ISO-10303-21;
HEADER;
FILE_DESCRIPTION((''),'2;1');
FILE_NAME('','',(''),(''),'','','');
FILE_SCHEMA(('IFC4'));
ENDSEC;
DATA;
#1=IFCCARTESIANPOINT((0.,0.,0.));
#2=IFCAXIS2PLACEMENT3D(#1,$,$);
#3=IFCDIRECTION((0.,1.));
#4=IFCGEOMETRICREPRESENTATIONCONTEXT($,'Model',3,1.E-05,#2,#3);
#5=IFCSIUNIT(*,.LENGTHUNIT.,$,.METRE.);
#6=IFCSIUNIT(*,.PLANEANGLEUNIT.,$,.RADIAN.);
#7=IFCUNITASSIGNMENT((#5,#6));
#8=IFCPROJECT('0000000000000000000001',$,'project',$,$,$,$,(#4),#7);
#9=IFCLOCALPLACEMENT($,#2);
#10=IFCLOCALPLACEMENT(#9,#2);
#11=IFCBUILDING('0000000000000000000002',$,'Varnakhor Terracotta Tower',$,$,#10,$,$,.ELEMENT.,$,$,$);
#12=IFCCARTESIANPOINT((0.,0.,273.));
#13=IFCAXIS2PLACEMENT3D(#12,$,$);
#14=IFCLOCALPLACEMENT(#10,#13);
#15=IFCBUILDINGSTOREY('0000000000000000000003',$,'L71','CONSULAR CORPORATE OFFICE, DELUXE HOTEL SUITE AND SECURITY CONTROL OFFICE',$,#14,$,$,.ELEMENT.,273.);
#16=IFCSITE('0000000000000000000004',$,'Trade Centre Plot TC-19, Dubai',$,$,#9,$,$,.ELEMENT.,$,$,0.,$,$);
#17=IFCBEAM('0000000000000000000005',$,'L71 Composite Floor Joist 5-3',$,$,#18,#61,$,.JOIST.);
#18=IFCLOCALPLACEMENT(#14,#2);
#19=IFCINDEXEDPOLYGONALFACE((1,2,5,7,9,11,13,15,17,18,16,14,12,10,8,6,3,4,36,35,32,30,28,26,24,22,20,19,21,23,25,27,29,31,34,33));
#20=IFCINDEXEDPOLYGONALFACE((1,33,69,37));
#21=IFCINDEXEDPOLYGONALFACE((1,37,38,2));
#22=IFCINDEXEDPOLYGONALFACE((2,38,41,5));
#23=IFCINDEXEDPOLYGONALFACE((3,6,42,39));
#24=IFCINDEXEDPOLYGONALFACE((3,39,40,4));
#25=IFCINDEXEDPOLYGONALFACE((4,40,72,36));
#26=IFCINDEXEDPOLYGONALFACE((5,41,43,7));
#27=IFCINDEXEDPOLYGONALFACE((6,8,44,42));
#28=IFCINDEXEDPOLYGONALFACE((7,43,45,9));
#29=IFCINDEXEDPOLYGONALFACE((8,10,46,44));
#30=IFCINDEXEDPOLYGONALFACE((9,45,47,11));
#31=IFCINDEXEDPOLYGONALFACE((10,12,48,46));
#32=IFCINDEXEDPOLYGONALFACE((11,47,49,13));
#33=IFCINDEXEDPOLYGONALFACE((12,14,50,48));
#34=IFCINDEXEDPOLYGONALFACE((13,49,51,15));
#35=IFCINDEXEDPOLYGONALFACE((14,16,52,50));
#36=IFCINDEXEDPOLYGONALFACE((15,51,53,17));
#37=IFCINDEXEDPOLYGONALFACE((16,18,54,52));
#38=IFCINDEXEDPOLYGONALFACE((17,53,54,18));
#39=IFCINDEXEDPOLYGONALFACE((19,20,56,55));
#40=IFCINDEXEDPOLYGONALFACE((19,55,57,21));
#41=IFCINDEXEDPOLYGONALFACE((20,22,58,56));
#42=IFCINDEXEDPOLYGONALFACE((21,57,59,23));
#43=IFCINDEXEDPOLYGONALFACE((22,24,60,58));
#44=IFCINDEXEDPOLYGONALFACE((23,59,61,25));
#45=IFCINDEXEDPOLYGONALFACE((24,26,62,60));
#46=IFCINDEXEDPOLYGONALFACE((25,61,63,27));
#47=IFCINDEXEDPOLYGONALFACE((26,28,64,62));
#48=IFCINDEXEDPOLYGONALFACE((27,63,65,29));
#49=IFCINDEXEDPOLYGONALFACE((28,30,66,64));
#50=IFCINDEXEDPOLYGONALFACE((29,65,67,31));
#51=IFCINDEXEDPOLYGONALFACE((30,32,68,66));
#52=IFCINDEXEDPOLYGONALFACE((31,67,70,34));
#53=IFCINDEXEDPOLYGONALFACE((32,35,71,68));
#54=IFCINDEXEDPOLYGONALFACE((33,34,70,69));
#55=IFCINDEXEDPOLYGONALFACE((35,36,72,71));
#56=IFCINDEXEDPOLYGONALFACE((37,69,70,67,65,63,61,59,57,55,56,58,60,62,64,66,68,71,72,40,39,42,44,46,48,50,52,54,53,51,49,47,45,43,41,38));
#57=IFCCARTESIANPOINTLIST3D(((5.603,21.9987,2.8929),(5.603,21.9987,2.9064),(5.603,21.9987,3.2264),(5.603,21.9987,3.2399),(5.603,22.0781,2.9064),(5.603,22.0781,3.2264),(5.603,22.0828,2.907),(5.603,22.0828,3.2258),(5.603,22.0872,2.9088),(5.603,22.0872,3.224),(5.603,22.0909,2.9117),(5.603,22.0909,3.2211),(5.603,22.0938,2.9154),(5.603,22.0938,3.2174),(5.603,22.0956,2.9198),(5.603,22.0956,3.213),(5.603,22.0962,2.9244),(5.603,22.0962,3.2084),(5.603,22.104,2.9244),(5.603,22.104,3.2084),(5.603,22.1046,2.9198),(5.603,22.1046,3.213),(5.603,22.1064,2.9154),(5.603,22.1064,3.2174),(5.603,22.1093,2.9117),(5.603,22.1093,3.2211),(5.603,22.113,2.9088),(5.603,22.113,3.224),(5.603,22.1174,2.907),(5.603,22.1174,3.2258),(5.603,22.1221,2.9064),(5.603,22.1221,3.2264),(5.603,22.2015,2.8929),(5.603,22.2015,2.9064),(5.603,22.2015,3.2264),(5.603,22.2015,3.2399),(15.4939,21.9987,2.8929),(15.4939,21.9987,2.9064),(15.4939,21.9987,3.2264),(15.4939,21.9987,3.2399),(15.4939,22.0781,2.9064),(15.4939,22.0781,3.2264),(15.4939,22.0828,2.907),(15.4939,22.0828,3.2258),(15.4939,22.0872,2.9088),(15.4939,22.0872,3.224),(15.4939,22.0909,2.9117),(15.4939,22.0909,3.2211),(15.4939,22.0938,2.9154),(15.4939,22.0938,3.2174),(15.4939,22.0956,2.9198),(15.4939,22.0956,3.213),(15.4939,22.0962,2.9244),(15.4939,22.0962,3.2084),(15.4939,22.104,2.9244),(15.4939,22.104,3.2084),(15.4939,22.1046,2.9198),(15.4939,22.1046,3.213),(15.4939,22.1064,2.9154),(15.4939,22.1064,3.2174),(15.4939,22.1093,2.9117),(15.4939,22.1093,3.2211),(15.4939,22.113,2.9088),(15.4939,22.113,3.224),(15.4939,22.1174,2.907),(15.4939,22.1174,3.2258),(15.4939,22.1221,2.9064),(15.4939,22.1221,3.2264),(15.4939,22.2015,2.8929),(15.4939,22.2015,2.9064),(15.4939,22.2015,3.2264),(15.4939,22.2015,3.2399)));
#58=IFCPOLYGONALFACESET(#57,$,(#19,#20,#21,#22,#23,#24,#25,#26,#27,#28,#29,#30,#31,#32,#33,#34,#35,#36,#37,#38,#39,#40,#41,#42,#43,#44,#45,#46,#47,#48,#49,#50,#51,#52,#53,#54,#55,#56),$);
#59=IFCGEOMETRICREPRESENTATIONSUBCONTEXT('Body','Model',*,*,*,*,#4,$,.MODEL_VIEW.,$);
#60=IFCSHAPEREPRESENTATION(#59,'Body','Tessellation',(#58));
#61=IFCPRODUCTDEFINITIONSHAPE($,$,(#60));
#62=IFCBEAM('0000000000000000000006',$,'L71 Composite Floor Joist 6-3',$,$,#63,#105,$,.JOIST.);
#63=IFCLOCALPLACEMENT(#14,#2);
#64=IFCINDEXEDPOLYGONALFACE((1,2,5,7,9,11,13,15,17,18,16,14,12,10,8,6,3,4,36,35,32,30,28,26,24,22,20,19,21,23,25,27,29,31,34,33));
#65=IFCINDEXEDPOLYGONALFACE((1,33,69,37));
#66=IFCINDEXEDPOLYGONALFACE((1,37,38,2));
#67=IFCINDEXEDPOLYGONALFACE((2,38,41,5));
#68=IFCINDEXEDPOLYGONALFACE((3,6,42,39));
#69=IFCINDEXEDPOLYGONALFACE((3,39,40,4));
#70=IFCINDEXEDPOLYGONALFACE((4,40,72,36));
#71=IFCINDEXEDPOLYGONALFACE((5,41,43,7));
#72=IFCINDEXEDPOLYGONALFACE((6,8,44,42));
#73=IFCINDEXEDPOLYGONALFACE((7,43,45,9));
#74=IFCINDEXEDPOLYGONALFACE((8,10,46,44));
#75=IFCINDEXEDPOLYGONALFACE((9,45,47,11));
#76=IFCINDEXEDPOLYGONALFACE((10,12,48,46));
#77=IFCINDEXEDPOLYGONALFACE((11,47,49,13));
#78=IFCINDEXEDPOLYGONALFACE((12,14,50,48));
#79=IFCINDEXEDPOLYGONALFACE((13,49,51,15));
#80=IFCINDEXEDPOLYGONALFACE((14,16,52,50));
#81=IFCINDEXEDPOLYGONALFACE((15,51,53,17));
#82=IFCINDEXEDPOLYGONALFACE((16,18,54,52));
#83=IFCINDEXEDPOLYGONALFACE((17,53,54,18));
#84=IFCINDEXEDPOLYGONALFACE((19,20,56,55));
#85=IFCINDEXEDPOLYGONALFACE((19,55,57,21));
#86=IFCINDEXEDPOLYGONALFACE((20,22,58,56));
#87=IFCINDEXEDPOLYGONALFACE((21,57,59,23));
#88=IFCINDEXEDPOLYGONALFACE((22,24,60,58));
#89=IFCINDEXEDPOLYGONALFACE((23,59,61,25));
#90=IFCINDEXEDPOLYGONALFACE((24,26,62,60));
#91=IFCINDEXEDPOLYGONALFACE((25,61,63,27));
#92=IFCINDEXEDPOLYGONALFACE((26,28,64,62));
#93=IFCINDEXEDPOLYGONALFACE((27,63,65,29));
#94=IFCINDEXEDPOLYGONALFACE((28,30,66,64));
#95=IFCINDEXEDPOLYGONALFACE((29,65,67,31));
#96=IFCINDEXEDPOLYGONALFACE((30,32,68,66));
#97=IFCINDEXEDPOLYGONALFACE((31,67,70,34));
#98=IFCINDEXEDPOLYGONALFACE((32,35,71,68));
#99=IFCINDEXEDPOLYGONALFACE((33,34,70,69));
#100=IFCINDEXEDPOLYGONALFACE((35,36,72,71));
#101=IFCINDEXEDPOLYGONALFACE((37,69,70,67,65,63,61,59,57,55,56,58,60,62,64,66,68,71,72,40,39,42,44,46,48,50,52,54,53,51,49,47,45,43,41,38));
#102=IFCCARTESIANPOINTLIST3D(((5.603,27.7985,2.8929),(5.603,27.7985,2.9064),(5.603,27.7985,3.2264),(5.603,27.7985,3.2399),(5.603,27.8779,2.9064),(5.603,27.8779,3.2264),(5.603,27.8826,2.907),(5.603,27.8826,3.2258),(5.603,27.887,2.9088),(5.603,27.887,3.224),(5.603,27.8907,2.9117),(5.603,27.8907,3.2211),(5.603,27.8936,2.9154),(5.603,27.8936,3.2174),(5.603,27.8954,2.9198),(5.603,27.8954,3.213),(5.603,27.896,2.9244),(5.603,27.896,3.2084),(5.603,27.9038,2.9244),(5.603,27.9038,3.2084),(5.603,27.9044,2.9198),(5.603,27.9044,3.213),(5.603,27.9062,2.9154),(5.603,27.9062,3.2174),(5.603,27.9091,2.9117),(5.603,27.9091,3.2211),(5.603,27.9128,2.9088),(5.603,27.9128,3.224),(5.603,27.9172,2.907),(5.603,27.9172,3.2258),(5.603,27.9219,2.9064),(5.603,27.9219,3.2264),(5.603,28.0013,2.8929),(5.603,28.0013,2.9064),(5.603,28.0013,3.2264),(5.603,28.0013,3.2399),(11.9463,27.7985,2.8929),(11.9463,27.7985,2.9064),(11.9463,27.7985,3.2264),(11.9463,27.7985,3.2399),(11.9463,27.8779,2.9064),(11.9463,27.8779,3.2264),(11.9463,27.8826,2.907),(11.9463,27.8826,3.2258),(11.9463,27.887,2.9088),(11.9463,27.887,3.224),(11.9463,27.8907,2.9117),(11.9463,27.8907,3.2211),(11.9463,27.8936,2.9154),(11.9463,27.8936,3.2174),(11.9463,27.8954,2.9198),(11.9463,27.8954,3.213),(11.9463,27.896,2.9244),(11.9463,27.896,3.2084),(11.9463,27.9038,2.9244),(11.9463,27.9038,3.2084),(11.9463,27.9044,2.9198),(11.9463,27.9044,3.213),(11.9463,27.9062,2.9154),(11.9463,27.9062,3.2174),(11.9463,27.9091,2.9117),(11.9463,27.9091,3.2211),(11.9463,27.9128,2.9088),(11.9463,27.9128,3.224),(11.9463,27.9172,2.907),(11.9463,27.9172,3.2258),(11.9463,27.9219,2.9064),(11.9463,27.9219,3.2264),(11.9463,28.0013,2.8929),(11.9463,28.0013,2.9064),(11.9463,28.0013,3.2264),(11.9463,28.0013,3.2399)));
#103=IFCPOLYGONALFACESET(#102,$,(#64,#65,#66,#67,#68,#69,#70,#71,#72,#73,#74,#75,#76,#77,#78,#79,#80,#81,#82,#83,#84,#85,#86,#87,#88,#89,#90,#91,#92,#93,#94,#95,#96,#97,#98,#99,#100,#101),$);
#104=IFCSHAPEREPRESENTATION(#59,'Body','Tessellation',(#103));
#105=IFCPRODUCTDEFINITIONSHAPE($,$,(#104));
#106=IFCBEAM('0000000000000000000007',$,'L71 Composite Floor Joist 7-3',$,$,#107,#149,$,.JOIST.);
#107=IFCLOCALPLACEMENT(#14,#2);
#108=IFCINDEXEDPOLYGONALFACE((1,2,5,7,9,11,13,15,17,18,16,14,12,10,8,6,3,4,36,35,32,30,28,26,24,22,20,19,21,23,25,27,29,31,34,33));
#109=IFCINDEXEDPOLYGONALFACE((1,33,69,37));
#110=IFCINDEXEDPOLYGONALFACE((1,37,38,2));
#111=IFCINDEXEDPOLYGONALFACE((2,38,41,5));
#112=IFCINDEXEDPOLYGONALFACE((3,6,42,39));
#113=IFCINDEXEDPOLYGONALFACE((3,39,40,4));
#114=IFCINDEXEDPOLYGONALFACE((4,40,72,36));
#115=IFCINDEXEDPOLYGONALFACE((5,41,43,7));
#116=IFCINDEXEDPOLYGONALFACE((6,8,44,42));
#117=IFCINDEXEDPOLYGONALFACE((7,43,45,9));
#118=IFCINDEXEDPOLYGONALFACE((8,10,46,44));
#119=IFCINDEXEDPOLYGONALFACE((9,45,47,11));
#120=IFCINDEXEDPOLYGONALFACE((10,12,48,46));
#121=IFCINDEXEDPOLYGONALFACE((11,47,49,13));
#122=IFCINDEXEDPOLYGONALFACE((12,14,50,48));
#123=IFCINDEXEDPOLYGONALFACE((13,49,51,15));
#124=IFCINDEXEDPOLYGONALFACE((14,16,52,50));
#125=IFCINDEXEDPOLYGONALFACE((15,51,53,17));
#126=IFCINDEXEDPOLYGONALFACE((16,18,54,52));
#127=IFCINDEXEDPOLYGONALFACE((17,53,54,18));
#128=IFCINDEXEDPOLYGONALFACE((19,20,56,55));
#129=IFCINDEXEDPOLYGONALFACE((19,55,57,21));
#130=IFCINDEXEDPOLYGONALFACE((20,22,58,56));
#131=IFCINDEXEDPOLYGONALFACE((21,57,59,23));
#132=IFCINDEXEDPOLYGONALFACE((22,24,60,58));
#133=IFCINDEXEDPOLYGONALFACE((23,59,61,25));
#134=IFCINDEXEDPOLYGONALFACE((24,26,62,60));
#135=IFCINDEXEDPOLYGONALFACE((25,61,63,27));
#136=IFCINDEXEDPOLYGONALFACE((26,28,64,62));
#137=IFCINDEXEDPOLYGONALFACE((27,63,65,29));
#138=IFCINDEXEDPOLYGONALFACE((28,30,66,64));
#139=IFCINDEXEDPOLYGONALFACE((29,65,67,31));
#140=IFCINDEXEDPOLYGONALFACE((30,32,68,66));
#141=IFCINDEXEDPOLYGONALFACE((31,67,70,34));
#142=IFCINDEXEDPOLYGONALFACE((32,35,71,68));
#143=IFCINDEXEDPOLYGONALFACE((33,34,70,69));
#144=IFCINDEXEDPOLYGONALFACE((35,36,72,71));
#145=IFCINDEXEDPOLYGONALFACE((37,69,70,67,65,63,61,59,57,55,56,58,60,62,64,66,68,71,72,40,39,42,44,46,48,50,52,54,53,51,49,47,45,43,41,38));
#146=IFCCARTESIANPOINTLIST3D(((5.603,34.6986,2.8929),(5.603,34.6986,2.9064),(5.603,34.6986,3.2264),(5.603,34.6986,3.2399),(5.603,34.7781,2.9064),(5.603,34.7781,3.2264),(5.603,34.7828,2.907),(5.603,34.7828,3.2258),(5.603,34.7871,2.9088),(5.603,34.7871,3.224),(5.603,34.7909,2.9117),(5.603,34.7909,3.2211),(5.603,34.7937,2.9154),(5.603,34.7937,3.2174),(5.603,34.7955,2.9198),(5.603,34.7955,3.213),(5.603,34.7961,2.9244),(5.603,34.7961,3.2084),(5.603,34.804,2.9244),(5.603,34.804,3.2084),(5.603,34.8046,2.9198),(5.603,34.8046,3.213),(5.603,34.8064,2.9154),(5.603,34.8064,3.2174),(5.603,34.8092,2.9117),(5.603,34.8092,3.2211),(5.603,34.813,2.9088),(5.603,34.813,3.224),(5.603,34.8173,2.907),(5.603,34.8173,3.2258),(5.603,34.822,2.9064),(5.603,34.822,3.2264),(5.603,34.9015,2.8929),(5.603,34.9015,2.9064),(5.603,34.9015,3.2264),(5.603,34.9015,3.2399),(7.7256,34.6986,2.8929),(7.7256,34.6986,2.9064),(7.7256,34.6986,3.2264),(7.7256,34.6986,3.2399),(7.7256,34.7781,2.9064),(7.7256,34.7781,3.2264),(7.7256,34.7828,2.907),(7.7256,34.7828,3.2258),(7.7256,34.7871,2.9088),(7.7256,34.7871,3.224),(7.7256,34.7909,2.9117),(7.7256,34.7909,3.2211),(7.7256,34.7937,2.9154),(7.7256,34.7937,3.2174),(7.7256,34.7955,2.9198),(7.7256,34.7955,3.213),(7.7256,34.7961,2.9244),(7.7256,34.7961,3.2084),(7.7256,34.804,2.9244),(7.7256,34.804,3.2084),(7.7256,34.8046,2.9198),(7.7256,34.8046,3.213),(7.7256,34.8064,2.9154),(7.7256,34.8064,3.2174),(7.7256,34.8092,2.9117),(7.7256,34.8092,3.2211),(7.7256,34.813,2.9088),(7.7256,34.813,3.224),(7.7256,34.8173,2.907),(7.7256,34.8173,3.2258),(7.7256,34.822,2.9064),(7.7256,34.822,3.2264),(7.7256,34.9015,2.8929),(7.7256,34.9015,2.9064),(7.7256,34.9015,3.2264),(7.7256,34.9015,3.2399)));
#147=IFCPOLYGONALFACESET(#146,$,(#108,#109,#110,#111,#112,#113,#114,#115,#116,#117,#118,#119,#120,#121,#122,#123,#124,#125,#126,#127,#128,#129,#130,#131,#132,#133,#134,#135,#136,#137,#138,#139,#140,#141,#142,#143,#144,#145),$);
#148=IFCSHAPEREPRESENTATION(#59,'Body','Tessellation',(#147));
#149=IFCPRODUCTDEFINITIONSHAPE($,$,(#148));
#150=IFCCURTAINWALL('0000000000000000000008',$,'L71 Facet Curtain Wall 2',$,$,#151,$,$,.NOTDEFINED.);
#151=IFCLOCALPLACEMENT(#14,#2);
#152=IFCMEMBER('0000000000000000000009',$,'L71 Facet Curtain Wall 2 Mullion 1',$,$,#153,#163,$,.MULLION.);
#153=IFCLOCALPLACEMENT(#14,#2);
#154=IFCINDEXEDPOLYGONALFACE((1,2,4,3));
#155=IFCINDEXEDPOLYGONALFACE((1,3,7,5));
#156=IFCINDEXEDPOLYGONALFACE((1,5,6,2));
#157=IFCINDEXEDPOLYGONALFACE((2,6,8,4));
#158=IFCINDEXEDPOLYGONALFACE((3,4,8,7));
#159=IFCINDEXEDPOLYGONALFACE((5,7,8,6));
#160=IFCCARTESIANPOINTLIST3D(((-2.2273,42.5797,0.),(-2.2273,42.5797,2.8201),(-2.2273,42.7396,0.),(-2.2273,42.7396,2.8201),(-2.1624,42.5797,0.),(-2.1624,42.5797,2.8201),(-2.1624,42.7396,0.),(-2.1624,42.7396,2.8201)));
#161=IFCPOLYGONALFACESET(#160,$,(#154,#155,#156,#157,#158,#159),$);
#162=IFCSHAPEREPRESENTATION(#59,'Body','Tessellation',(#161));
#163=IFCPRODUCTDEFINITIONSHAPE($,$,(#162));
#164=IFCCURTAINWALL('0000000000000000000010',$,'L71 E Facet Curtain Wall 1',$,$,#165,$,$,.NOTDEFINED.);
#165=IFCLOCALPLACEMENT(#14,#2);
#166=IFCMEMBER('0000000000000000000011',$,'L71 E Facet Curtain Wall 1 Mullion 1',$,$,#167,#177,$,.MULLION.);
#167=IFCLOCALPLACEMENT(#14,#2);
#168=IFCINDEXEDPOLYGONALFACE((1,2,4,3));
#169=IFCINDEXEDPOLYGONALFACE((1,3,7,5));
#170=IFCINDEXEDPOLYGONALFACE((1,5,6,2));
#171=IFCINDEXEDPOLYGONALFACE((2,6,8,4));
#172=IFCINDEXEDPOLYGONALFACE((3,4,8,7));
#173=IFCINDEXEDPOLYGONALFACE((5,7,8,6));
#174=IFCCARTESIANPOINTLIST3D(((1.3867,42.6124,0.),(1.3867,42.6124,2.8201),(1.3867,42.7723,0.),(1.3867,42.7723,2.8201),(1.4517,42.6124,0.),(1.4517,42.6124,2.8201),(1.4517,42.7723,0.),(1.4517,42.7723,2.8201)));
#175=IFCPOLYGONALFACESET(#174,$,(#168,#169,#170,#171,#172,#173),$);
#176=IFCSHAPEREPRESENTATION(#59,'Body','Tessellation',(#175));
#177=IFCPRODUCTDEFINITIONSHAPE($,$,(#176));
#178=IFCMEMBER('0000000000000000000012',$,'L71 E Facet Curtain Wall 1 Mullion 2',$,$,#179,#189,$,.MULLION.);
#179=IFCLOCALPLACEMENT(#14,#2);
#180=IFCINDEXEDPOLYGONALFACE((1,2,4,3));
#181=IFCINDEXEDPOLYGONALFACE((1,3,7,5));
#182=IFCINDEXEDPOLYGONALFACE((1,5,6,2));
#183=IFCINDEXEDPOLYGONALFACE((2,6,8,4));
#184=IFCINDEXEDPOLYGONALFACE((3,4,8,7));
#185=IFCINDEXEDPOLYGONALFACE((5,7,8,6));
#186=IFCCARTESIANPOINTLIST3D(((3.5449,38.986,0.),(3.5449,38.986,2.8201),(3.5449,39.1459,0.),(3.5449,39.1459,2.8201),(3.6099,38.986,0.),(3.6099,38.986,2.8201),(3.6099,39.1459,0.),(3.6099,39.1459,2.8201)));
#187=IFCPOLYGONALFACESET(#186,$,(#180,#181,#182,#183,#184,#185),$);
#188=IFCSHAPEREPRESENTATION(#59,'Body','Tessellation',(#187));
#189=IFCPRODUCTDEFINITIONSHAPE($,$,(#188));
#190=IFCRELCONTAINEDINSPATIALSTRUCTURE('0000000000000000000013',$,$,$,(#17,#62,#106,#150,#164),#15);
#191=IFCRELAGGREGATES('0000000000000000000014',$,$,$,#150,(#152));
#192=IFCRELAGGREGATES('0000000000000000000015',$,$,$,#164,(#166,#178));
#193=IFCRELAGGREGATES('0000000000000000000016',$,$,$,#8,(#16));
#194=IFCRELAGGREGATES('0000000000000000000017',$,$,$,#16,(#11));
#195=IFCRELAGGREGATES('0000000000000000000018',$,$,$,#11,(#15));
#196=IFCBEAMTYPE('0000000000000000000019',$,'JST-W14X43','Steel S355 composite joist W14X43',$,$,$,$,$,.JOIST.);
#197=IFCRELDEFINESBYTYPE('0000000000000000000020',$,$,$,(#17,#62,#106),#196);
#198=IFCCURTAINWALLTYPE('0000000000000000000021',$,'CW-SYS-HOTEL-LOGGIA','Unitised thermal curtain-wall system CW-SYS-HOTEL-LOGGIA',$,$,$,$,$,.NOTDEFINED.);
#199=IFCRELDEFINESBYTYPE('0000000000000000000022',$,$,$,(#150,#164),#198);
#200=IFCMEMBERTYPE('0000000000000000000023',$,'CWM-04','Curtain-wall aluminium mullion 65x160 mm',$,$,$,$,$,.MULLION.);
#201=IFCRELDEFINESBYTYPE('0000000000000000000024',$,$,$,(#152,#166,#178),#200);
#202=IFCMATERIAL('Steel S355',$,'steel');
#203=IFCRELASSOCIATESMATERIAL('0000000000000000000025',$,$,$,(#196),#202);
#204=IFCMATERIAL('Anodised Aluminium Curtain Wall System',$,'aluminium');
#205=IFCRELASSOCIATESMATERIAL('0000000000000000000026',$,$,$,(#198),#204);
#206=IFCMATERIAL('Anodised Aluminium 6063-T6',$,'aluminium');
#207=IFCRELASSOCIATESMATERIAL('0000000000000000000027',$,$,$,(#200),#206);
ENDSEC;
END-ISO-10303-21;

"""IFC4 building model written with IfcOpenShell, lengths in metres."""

from ifc_helpers import new_model, si_unit, direction, frame, origin, origin_2d, place, context, subcontext, project, spatial, rectangle, i_section, extrude, source, transform, mapped, material, material_profile, profile_set, type_object, type_shapes, element, aggregate, save


model = new_model("IFC4")

# Units and contexts
model_context = context("Model", 3, precision=1e-05, world=origin(), true_north=direction((0.0, 1.0)))
body_context = subcontext(model_context, "Body", "Model", "MODEL_VIEW")
ifc_project = project(units=[si_unit("LENGTHUNIT", "METRE"), si_unit("PLANEANGLEUNIT", "RADIAN")], contexts=[model_context])

# Site, building, storey
site_placement = place(None, origin())
site = spatial("IfcSite", under=ifc_project, at=site_placement, Name="Trade Centre Plot TC-19, Dubai", CompositionType="ELEMENT", RefElevation=0.0)
building_placement = place(site_placement, origin())
building = spatial("IfcBuilding", under=site, at=building_placement, Name="Varnakhor Terracotta Tower", CompositionType="ELEMENT")
storey_placement = place(building_placement, frame((0.0, 0.0, 273.0)))
storey = spatial("IfcBuildingStorey", under=building, at=storey_placement, Name="L71", Description="CONSULAR CORPORATE OFFICE, DELUXE HOTEL SUITE AND SECURITY CONTROL OFFICE", CompositionType="ELEMENT", Elevation=273.0)

# Shared definitions
ifc_material_1 = material(Name="Steel S355", Category="steel")

# Beams
ifc_material_profile_1 = material_profile(ifc_material_1, i_section(OverallWidth=0.2029, OverallDepth=0.3469, WebThickness=0.0078, FlangeThickness=0.0134, FilletRadius=0.0181, at=origin_2d()), Name="W14X43")
ifc_profile_set_1 = profile_set([ifc_material_profile_1], Name="Steel S355")
beam_type_1 = type_object("IfcBeamType", Name="JST-W14X43", Description="Steel S355 composite joist W14X43", PredefinedType="JOIST", material=ifc_profile_set_1)
shared_shape_1 = source(origin(), body_context, "Body", "SweptSolid", [
    extrude(i_section(OverallWidth=0.2029, OverallDepth=0.3469, WebThickness=0.0078, FlangeThickness=0.0134, FilletRadius=0.0181, at=origin_2d()), origin(), (0.0, 0.0, 1.0), 9.8909),
])
beam_1_placement = place(storey_placement, frame((5.603, 22.1001, 3.0664), z_axis=(1.0, 0.0, 0.0), x_axis=(0.0, 1.0, 0.0)))
element("IfcBeam", 1, at=beam_1_placement, inside=storey, type_object=beam_type_1, Name="L71 Composite Floor Joist 5-3", PredefinedType="JOIST", context=body_context, shape_type="MappedRepresentation", body=[
    mapped(shared_shape_1, transform((0.0, 0.0, 0.0), scale=1.0)),
])
shared_shape_2 = source(origin(), body_context, "Body", "SweptSolid", [
    extrude(i_section(OverallWidth=0.2029, OverallDepth=0.3469, WebThickness=0.0078, FlangeThickness=0.0134, FilletRadius=0.0181, at=origin_2d()), origin(), (0.0, 0.0, 1.0), 6.3433),
])
beam_2_placement = place(storey_placement, frame((5.603, 27.8999, 3.0664), z_axis=(1.0, 0.0, 0.0), x_axis=(0.0, 1.0, 0.0)))
element("IfcBeam", 2, at=beam_2_placement, inside=storey, type_object=beam_type_1, Name="L71 Composite Floor Joist 6-3", PredefinedType="JOIST", context=body_context, shape_type="MappedRepresentation", body=[
    mapped(shared_shape_2, transform((0.0, 0.0, 0.0), scale=1.0)),
])
shared_shape_3 = source(origin(), body_context, "Body", "SweptSolid", [
    extrude(i_section(OverallWidth=0.2029, OverallDepth=0.3469, WebThickness=0.0078, FlangeThickness=0.0134, FilletRadius=0.0181, at=origin_2d()), origin(), (0.0, 0.0, 1.0), 2.1226),
])
beam_3_placement = place(storey_placement, frame((5.603, 34.8, 3.0664), z_axis=(1.0, 0.0, 0.0), x_axis=(0.0, 1.0, 0.0)))
element("IfcBeam", 3, at=beam_3_placement, inside=storey, type_object=beam_type_1, Name="L71 Composite Floor Joist 7-3", PredefinedType="JOIST", context=body_context, shape_type="MappedRepresentation", body=[
    mapped(shared_shape_3, transform((0.0, 0.0, 0.0), scale=1.0)),
])

# Curtain wall, member
ifc_material_2 = material(Name="Anodised Aluminium Curtain Wall System", Category="aluminium")
curtain_wall_type = type_object("IfcCurtainWallType", Name="CW-SYS-HOTEL-LOGGIA", Description="Unitised thermal curtain-wall system CW-SYS-HOTEL-LOGGIA", PredefinedType="NOTDEFINED", material=ifc_material_2)
curtain_wall_1_placement = place(storey_placement, origin())
curtain_wall_1 = element("IfcCurtainWall", 4, at=curtain_wall_1_placement, inside=storey, type_object=curtain_wall_type, Name="L71 Facet Curtain Wall 2", PredefinedType="NOTDEFINED")
ifc_material_3 = material(Name="Anodised Aluminium 6063-T6", Category="aluminium")
ifc_material_profile_2 = material_profile(ifc_material_3, rectangle(XDim=0.0649, YDim=0.1599, at=origin_2d()), Name="ALU MULLION 65x160")
ifc_profile_set_2 = profile_set([ifc_material_profile_2], Name="Anodised Aluminium 6063-T6")
member_type_1 = type_object("IfcMemberType", Name="CWM-04", Description="Curtain-wall aluminium mullion 65x160 mm", PredefinedType="MULLION", material=ifc_profile_set_2)
shared_shape_4 = source(origin(), body_context, "Body", "SweptSolid", [
    extrude(rectangle(XDim=0.0649, YDim=0.1599, at=origin_2d()), origin(), (0.0, 0.0, 1.0), 2.8201),
])
type_shapes(member_type_1, [shared_shape_4])
member_1_placement = place(storey_placement, frame((-2.1948, 42.6597, 0.0), z_axis=(0.0, 0.0, 1.0), x_axis=(1.0, 0.0, 0.0)))
member_1 = element("IfcMember", 5, at=member_1_placement, type_object=member_type_1, Name="L71 Facet Curtain Wall 2 Mullion 1", PredefinedType="MULLION", context=body_context, shape_type="MappedRepresentation", body=[
    mapped(shared_shape_4, transform((0.0, 0.0, 0.0), scale=1.0)),
])

# Curtain wall, members
curtain_wall_2_placement = place(storey_placement, origin())
curtain_wall_2 = element("IfcCurtainWall", 6, at=curtain_wall_2_placement, inside=storey, type_object=curtain_wall_type, Name="L71 E Facet Curtain Wall 1", PredefinedType="NOTDEFINED")
member_2_placement = place(storey_placement, frame((1.4192, 42.6924, 0.0), z_axis=(0.0, 0.0, 1.0), x_axis=(1.0, 0.0, 0.0)))
member_2 = element("IfcMember", 7, at=member_2_placement, type_object=member_type_1, Name="L71 E Facet Curtain Wall 1 Mullion 1", PredefinedType="MULLION", context=body_context, shape_type="MappedRepresentation", body=[
    mapped(shared_shape_4, transform((0.0, 0.0, 0.0), scale=1.0)),
])
member_3_placement = place(storey_placement, frame((3.5774, 39.0659, 0.0), z_axis=(0.0, 0.0, 1.0), x_axis=(1.0, 0.0, 0.0)))
member_3 = element("IfcMember", 8, at=member_3_placement, type_object=member_type_1, Name="L71 E Facet Curtain Wall 1 Mullion 2", PredefinedType="MULLION", context=body_context, shape_type="MappedRepresentation", body=[
    mapped(shared_shape_4, transform((0.0, 0.0, 0.0), scale=1.0)),
])

aggregate(curtain_wall_1, [member_1])
aggregate(curtain_wall_2, [member_2, member_3])

save(model, "model.ifc")
